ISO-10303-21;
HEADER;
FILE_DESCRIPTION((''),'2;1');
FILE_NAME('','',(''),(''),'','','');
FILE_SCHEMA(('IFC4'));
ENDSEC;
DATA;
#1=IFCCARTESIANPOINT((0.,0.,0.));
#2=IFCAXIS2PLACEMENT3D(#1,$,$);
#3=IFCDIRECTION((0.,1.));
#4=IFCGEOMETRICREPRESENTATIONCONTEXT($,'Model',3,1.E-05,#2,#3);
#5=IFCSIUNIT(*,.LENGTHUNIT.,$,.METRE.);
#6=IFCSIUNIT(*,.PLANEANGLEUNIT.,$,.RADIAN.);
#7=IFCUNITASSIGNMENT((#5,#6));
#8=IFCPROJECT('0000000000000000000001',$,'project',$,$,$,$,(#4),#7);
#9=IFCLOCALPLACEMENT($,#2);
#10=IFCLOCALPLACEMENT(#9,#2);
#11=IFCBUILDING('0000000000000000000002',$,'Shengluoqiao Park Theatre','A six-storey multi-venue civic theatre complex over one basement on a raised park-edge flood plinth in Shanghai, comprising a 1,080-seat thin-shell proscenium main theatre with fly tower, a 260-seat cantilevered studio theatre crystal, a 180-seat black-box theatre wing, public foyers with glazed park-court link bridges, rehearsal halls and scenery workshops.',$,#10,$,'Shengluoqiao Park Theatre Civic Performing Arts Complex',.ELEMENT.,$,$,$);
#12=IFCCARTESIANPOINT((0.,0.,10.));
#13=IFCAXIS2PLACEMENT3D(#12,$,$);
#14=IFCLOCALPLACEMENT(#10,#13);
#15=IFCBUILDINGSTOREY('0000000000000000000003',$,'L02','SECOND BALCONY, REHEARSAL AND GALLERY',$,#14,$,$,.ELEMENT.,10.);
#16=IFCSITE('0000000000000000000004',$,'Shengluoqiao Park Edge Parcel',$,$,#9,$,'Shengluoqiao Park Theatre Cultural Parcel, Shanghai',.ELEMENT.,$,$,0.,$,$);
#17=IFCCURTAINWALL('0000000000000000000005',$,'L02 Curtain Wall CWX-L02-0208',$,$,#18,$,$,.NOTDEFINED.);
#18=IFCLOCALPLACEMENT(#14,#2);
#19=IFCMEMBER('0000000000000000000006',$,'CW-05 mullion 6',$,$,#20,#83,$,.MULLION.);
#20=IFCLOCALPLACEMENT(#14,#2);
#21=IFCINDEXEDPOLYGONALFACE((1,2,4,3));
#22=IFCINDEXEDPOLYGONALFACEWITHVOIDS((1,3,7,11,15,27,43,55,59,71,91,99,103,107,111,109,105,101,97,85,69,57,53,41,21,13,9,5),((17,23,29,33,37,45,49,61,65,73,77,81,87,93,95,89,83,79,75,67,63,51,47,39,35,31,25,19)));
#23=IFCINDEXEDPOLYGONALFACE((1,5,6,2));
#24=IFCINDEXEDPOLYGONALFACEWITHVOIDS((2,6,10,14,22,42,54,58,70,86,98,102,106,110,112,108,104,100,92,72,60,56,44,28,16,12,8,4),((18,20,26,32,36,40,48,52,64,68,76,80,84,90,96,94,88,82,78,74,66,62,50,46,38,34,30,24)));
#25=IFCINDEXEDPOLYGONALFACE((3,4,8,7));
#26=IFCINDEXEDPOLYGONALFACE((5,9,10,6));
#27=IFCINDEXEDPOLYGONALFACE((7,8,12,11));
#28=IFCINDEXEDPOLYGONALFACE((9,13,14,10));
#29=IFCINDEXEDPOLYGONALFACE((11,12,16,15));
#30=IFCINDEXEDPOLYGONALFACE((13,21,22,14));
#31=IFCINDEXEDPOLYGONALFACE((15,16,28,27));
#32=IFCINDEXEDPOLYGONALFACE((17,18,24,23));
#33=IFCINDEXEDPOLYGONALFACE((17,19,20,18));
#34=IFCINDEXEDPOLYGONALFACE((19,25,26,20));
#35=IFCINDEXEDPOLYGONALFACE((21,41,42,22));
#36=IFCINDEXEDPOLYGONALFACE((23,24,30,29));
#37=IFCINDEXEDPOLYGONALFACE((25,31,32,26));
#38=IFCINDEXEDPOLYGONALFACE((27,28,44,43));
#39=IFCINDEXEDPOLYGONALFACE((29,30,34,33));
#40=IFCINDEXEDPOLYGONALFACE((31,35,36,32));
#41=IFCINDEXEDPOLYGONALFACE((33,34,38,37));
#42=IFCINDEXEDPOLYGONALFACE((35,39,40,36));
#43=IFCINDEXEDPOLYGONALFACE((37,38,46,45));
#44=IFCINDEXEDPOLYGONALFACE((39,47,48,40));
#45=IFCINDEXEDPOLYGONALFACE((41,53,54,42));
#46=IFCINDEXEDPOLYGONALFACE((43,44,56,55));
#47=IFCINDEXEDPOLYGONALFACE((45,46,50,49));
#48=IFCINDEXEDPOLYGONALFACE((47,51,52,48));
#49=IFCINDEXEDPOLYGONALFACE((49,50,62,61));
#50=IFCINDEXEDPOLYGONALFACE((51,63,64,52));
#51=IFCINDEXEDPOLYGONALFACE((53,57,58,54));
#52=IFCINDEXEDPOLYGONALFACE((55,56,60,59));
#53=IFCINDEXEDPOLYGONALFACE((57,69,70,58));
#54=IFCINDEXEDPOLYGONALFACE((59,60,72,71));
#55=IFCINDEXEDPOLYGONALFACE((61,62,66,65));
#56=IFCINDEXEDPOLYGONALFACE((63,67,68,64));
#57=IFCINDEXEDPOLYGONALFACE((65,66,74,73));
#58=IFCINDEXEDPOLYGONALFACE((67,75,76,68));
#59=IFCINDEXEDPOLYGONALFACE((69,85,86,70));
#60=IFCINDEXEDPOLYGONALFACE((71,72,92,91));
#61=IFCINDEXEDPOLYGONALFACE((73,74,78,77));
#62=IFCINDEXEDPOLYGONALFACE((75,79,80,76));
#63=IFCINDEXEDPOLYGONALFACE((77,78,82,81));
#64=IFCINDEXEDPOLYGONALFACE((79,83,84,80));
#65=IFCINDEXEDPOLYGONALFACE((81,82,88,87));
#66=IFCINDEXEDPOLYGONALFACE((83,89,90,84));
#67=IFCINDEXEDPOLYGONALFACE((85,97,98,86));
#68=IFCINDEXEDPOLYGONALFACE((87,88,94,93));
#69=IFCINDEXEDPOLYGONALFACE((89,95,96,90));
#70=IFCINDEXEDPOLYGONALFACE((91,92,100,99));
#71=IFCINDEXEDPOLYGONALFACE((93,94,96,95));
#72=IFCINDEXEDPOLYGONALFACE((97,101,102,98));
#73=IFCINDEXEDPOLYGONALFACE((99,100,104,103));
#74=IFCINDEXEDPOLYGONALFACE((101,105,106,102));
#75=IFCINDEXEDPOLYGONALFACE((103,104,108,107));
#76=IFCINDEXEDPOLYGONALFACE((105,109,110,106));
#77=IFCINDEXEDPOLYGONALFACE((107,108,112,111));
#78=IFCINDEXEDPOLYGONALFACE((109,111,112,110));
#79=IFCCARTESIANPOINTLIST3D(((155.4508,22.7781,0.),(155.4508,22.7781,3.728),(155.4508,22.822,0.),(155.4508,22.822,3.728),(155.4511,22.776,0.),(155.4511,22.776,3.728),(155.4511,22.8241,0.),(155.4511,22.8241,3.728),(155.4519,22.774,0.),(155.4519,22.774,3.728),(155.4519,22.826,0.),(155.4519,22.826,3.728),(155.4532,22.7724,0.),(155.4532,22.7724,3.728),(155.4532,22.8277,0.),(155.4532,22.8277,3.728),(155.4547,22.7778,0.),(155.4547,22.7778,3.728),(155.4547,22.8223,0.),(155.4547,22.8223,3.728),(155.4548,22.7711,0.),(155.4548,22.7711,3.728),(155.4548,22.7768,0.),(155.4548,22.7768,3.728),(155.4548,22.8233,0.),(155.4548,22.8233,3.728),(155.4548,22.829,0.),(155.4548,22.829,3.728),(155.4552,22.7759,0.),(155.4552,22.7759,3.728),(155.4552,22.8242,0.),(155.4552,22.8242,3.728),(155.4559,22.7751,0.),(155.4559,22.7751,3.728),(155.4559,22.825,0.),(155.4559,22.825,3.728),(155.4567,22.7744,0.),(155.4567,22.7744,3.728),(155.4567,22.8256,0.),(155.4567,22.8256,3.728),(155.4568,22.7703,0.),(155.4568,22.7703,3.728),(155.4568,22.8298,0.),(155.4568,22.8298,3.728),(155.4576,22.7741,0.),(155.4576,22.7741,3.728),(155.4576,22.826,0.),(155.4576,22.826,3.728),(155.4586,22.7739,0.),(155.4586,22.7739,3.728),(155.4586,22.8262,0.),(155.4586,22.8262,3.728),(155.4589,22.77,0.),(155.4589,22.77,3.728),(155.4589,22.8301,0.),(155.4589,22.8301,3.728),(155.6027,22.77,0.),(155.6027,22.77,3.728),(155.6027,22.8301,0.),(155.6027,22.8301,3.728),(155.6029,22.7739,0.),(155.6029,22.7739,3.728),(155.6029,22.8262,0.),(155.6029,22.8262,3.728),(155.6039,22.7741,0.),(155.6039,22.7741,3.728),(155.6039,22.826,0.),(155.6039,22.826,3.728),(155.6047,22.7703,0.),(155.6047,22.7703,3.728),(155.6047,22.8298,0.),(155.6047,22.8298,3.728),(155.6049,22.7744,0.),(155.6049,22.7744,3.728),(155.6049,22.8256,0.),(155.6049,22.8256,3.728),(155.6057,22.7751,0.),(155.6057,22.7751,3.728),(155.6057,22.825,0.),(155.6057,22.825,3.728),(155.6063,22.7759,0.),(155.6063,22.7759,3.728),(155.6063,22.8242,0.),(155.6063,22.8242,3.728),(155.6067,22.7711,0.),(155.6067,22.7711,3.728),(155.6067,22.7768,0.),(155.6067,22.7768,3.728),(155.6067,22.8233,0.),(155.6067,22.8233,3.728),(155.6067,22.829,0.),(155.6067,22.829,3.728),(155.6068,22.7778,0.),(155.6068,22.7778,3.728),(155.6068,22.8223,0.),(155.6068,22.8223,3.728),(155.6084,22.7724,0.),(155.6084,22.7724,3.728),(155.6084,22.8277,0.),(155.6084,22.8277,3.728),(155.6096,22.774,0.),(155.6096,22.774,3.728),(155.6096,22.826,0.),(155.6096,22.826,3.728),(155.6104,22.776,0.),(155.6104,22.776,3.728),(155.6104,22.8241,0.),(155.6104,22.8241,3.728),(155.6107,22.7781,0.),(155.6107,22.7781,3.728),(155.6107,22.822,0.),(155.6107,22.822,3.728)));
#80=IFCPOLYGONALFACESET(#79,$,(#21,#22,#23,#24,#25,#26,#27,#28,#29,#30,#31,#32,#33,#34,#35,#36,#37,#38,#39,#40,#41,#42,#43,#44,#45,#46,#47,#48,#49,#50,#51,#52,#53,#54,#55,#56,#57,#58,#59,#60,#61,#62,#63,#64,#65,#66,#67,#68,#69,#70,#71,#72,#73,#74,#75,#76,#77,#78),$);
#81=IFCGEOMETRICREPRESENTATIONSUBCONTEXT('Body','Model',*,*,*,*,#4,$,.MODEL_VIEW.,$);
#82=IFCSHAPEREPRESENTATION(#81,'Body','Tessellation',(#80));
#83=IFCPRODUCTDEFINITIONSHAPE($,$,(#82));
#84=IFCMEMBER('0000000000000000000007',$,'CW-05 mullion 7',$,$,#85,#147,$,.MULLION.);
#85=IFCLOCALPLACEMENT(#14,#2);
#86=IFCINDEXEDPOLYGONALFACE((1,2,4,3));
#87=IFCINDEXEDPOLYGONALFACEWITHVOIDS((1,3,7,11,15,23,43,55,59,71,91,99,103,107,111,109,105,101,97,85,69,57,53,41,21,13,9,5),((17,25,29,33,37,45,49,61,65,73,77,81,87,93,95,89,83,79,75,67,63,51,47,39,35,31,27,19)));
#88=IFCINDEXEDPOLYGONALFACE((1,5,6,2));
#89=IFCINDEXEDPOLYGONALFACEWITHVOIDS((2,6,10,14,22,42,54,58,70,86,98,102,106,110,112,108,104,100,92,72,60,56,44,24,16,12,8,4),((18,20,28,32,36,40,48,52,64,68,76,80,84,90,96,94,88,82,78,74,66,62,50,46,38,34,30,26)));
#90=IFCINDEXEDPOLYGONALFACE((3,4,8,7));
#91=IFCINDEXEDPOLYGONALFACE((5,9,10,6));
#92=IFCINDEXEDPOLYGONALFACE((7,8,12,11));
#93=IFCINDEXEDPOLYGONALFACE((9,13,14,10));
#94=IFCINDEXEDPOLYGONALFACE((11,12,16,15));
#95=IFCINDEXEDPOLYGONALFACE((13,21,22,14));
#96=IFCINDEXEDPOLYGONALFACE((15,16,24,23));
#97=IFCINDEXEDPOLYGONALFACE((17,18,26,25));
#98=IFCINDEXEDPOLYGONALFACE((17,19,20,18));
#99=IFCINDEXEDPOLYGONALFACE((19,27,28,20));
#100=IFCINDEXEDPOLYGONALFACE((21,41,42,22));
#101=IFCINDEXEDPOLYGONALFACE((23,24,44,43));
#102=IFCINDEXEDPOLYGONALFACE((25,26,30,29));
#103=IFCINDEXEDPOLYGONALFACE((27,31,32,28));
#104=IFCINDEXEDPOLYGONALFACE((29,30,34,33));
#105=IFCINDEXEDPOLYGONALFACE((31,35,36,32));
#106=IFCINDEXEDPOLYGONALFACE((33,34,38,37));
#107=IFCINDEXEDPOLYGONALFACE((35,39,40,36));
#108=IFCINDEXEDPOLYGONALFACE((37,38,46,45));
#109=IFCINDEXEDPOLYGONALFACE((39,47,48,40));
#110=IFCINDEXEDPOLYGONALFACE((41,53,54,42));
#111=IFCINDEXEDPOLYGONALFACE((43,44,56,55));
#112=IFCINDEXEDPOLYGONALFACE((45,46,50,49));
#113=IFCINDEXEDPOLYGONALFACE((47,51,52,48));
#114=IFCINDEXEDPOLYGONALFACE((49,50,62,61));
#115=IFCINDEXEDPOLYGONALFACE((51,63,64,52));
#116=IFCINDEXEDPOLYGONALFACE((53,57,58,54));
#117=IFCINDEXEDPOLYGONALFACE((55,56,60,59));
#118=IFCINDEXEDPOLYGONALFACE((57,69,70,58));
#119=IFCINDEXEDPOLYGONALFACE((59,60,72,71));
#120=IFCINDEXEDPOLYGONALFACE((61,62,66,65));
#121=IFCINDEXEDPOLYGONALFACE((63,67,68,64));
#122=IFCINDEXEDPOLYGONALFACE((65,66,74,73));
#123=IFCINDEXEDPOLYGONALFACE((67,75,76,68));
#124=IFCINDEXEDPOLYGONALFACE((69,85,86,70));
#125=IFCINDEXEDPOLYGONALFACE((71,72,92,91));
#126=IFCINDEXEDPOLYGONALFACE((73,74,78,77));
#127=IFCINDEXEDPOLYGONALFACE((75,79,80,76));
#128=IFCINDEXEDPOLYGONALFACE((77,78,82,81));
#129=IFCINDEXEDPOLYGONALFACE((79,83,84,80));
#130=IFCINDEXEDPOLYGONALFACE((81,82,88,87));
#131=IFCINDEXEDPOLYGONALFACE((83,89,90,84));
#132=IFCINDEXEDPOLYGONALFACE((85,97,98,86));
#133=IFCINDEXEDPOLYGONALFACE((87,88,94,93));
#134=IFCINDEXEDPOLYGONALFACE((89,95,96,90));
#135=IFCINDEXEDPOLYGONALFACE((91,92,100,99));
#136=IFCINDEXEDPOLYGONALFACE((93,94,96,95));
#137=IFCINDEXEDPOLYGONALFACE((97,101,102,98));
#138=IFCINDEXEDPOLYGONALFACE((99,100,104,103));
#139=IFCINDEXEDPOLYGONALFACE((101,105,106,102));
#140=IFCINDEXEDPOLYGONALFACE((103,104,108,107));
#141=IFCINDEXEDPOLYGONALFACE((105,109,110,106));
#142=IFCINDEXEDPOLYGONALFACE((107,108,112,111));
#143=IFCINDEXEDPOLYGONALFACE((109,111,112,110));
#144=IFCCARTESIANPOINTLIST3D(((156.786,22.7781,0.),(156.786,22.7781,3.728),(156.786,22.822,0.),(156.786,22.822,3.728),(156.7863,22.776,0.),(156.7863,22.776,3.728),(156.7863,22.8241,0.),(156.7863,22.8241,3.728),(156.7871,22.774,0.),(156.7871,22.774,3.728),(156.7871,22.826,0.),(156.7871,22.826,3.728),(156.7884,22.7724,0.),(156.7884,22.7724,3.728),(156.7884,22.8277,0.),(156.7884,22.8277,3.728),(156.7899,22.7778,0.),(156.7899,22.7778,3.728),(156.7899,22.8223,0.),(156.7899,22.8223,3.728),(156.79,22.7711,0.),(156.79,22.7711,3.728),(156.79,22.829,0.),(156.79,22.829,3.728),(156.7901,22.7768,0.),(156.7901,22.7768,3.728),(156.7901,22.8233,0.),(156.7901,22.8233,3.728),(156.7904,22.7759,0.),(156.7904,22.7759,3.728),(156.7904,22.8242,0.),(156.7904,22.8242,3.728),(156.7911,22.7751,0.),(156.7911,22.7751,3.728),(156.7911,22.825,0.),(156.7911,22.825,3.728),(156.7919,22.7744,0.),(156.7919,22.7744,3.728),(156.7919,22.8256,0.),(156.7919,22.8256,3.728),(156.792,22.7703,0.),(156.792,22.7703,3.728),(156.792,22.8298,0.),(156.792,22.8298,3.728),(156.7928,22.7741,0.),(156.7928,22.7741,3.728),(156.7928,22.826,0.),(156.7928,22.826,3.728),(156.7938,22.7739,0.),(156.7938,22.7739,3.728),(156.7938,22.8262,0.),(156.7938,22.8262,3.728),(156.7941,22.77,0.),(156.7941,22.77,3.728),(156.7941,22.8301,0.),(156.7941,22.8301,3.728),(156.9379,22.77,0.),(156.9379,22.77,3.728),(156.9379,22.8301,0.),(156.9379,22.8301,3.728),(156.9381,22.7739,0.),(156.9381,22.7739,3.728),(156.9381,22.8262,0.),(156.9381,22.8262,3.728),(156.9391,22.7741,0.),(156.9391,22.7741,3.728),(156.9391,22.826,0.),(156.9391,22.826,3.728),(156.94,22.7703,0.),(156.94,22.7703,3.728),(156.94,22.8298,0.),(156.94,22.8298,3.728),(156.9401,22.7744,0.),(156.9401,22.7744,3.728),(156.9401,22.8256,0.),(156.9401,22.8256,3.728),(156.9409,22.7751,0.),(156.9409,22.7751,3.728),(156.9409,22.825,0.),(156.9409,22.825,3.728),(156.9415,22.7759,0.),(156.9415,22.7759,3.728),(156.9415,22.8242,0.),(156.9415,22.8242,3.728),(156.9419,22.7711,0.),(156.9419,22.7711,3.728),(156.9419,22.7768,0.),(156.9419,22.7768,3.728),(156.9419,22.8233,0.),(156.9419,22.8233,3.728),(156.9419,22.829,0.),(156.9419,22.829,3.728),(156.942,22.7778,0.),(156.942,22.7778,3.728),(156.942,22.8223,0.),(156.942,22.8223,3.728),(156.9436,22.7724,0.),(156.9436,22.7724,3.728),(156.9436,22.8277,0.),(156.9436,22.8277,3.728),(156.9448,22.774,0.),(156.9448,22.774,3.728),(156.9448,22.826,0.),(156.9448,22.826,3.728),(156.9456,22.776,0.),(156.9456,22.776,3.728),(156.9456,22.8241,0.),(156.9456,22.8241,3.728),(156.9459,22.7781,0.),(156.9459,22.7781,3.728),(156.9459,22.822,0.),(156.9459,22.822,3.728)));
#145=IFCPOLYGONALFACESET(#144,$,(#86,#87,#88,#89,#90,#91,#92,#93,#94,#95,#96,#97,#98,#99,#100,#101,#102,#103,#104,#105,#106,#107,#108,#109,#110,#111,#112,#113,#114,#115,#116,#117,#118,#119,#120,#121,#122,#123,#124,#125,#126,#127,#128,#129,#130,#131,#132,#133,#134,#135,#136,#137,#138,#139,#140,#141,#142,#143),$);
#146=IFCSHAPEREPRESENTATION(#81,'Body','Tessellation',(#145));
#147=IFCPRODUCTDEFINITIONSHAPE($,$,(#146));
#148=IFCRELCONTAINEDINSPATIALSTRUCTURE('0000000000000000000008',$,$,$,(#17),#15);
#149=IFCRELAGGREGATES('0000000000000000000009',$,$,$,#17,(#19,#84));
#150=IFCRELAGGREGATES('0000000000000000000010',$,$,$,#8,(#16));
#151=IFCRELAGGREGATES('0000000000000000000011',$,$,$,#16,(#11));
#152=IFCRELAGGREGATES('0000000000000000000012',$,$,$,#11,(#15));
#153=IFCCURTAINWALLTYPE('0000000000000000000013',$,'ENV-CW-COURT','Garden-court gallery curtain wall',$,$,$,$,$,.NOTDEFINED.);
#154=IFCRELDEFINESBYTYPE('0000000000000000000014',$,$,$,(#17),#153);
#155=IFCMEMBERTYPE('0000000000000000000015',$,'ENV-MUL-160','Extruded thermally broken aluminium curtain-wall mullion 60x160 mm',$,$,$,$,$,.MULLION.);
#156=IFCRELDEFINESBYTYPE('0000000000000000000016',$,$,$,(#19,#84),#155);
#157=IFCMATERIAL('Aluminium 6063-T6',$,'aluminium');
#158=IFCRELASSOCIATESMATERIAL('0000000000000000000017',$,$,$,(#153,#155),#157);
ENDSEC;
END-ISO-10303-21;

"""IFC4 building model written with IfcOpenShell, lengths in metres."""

from ifc_helpers import new_model, si_unit, direction, frame, origin, origin_2d, place, context, subcontext, project, spatial, hollow_rectangle, extrude, material, material_profile, profile_set, type_object, element, aggregate, save


model = new_model("IFC4")

# Units and contexts
model_context = context("Model", 3, precision=1e-05, world=origin(), true_north=direction((0.0, 1.0)))
body_context = subcontext(model_context, "Body", "Model", "MODEL_VIEW")
ifc_project = project(units=[si_unit("LENGTHUNIT", "METRE"), si_unit("PLANEANGLEUNIT", "RADIAN")], contexts=[model_context])

# Site, building, storey
site_placement = place(None, origin())
site = spatial("IfcSite", under=ifc_project, at=site_placement, Name="Shengluoqiao Park Edge Parcel", LongName="Shengluoqiao Park Theatre Cultural Parcel, Shanghai", CompositionType="ELEMENT", RefElevation=0.0)
building_placement = place(site_placement, origin())
building = spatial("IfcBuilding", under=site, at=building_placement, Name="Shengluoqiao Park Theatre", Description="A six-storey multi-venue civic theatre complex over one basement on a raised park-edge flood plinth in Shanghai, comprising a 1,080-seat thin-shell proscenium main theatre with fly tower, a 260-seat cantilevered studio theatre crystal, a 180-seat black-box theatre wing, public foyers with glazed park-court link bridges, rehearsal halls and scenery workshops.", LongName="Shengluoqiao Park Theatre Civic Performing Arts Complex", CompositionType="ELEMENT")
storey_placement = place(building_placement, frame((0.0, 0.0, 10.0)))
storey = spatial("IfcBuildingStorey", under=building, at=storey_placement, Name="L02", Description="SECOND BALCONY, REHEARSAL AND GALLERY", CompositionType="ELEMENT", Elevation=10.0)

# Curtain wall, members
ifc_material_1 = material(Name="Aluminium 6063-T6", Category="aluminium")
curtain_wall_type = type_object("IfcCurtainWallType", Name="ENV-CW-COURT", Description="Garden-court gallery curtain wall", PredefinedType="NOTDEFINED", material=ifc_material_1)
curtain_wall_placement = place(storey_placement, origin())
curtain_wall = element("IfcCurtainWall", 1, at=curtain_wall_placement, inside=storey, type_object=curtain_wall_type, Name="L02 Curtain Wall CWX-L02-0208", PredefinedType="NOTDEFINED")
ifc_material_profile_1 = material_profile(ifc_material_1, hollow_rectangle(XDim=0.0601, YDim=0.1599, WallThickness=0.0039, InnerFilletRadius=0.0039, OuterFilletRadius=0.0081, at=origin_2d()), Name="ALU MULLION 160x60x4")
ifc_profile_set_1 = profile_set([ifc_material_profile_1], Name="Aluminium 6063-T6")
member_type_1 = type_object("IfcMemberType", Name="ENV-MUL-160", Description="Extruded thermally broken aluminium curtain-wall mullion 60x160 mm", PredefinedType="MULLION", material=ifc_profile_set_1)
member_1_placement = place(storey_placement, frame((155.5308, 22.8, 0.0), z_axis=(0.0, 0.0, 1.0), x_axis=(0.0, 1.0, 0.0)))
member_1 = element("IfcMember", 2, at=member_1_placement, type_object=member_type_1, Name="CW-05 mullion 6", PredefinedType="MULLION", context=body_context, shape_type="SweptSolid", body=[
    extrude(hollow_rectangle(XDim=0.0601, YDim=0.1599, WallThickness=0.0039, InnerFilletRadius=0.0039, OuterFilletRadius=0.0081, at=origin_2d()), origin(), (0.0, 0.0, 1.0), 3.728),
])
member_2_placement = place(storey_placement, frame((156.866, 22.8, 0.0), z_axis=(0.0, 0.0, 1.0), x_axis=(0.0, 1.0, 0.0)))
member_2 = element("IfcMember", 3, at=member_2_placement, type_object=member_type_1, Name="CW-05 mullion 7", PredefinedType="MULLION", context=body_context, shape_type="SweptSolid", body=[
    extrude(hollow_rectangle(XDim=0.0601, YDim=0.1599, WallThickness=0.0039, InnerFilletRadius=0.0039, OuterFilletRadius=0.0081, at=origin_2d()), origin(), (0.0, 0.0, 1.0), 3.728),
])

aggregate(curtain_wall, [member_1, member_2])

save(model, "model.ifc")
